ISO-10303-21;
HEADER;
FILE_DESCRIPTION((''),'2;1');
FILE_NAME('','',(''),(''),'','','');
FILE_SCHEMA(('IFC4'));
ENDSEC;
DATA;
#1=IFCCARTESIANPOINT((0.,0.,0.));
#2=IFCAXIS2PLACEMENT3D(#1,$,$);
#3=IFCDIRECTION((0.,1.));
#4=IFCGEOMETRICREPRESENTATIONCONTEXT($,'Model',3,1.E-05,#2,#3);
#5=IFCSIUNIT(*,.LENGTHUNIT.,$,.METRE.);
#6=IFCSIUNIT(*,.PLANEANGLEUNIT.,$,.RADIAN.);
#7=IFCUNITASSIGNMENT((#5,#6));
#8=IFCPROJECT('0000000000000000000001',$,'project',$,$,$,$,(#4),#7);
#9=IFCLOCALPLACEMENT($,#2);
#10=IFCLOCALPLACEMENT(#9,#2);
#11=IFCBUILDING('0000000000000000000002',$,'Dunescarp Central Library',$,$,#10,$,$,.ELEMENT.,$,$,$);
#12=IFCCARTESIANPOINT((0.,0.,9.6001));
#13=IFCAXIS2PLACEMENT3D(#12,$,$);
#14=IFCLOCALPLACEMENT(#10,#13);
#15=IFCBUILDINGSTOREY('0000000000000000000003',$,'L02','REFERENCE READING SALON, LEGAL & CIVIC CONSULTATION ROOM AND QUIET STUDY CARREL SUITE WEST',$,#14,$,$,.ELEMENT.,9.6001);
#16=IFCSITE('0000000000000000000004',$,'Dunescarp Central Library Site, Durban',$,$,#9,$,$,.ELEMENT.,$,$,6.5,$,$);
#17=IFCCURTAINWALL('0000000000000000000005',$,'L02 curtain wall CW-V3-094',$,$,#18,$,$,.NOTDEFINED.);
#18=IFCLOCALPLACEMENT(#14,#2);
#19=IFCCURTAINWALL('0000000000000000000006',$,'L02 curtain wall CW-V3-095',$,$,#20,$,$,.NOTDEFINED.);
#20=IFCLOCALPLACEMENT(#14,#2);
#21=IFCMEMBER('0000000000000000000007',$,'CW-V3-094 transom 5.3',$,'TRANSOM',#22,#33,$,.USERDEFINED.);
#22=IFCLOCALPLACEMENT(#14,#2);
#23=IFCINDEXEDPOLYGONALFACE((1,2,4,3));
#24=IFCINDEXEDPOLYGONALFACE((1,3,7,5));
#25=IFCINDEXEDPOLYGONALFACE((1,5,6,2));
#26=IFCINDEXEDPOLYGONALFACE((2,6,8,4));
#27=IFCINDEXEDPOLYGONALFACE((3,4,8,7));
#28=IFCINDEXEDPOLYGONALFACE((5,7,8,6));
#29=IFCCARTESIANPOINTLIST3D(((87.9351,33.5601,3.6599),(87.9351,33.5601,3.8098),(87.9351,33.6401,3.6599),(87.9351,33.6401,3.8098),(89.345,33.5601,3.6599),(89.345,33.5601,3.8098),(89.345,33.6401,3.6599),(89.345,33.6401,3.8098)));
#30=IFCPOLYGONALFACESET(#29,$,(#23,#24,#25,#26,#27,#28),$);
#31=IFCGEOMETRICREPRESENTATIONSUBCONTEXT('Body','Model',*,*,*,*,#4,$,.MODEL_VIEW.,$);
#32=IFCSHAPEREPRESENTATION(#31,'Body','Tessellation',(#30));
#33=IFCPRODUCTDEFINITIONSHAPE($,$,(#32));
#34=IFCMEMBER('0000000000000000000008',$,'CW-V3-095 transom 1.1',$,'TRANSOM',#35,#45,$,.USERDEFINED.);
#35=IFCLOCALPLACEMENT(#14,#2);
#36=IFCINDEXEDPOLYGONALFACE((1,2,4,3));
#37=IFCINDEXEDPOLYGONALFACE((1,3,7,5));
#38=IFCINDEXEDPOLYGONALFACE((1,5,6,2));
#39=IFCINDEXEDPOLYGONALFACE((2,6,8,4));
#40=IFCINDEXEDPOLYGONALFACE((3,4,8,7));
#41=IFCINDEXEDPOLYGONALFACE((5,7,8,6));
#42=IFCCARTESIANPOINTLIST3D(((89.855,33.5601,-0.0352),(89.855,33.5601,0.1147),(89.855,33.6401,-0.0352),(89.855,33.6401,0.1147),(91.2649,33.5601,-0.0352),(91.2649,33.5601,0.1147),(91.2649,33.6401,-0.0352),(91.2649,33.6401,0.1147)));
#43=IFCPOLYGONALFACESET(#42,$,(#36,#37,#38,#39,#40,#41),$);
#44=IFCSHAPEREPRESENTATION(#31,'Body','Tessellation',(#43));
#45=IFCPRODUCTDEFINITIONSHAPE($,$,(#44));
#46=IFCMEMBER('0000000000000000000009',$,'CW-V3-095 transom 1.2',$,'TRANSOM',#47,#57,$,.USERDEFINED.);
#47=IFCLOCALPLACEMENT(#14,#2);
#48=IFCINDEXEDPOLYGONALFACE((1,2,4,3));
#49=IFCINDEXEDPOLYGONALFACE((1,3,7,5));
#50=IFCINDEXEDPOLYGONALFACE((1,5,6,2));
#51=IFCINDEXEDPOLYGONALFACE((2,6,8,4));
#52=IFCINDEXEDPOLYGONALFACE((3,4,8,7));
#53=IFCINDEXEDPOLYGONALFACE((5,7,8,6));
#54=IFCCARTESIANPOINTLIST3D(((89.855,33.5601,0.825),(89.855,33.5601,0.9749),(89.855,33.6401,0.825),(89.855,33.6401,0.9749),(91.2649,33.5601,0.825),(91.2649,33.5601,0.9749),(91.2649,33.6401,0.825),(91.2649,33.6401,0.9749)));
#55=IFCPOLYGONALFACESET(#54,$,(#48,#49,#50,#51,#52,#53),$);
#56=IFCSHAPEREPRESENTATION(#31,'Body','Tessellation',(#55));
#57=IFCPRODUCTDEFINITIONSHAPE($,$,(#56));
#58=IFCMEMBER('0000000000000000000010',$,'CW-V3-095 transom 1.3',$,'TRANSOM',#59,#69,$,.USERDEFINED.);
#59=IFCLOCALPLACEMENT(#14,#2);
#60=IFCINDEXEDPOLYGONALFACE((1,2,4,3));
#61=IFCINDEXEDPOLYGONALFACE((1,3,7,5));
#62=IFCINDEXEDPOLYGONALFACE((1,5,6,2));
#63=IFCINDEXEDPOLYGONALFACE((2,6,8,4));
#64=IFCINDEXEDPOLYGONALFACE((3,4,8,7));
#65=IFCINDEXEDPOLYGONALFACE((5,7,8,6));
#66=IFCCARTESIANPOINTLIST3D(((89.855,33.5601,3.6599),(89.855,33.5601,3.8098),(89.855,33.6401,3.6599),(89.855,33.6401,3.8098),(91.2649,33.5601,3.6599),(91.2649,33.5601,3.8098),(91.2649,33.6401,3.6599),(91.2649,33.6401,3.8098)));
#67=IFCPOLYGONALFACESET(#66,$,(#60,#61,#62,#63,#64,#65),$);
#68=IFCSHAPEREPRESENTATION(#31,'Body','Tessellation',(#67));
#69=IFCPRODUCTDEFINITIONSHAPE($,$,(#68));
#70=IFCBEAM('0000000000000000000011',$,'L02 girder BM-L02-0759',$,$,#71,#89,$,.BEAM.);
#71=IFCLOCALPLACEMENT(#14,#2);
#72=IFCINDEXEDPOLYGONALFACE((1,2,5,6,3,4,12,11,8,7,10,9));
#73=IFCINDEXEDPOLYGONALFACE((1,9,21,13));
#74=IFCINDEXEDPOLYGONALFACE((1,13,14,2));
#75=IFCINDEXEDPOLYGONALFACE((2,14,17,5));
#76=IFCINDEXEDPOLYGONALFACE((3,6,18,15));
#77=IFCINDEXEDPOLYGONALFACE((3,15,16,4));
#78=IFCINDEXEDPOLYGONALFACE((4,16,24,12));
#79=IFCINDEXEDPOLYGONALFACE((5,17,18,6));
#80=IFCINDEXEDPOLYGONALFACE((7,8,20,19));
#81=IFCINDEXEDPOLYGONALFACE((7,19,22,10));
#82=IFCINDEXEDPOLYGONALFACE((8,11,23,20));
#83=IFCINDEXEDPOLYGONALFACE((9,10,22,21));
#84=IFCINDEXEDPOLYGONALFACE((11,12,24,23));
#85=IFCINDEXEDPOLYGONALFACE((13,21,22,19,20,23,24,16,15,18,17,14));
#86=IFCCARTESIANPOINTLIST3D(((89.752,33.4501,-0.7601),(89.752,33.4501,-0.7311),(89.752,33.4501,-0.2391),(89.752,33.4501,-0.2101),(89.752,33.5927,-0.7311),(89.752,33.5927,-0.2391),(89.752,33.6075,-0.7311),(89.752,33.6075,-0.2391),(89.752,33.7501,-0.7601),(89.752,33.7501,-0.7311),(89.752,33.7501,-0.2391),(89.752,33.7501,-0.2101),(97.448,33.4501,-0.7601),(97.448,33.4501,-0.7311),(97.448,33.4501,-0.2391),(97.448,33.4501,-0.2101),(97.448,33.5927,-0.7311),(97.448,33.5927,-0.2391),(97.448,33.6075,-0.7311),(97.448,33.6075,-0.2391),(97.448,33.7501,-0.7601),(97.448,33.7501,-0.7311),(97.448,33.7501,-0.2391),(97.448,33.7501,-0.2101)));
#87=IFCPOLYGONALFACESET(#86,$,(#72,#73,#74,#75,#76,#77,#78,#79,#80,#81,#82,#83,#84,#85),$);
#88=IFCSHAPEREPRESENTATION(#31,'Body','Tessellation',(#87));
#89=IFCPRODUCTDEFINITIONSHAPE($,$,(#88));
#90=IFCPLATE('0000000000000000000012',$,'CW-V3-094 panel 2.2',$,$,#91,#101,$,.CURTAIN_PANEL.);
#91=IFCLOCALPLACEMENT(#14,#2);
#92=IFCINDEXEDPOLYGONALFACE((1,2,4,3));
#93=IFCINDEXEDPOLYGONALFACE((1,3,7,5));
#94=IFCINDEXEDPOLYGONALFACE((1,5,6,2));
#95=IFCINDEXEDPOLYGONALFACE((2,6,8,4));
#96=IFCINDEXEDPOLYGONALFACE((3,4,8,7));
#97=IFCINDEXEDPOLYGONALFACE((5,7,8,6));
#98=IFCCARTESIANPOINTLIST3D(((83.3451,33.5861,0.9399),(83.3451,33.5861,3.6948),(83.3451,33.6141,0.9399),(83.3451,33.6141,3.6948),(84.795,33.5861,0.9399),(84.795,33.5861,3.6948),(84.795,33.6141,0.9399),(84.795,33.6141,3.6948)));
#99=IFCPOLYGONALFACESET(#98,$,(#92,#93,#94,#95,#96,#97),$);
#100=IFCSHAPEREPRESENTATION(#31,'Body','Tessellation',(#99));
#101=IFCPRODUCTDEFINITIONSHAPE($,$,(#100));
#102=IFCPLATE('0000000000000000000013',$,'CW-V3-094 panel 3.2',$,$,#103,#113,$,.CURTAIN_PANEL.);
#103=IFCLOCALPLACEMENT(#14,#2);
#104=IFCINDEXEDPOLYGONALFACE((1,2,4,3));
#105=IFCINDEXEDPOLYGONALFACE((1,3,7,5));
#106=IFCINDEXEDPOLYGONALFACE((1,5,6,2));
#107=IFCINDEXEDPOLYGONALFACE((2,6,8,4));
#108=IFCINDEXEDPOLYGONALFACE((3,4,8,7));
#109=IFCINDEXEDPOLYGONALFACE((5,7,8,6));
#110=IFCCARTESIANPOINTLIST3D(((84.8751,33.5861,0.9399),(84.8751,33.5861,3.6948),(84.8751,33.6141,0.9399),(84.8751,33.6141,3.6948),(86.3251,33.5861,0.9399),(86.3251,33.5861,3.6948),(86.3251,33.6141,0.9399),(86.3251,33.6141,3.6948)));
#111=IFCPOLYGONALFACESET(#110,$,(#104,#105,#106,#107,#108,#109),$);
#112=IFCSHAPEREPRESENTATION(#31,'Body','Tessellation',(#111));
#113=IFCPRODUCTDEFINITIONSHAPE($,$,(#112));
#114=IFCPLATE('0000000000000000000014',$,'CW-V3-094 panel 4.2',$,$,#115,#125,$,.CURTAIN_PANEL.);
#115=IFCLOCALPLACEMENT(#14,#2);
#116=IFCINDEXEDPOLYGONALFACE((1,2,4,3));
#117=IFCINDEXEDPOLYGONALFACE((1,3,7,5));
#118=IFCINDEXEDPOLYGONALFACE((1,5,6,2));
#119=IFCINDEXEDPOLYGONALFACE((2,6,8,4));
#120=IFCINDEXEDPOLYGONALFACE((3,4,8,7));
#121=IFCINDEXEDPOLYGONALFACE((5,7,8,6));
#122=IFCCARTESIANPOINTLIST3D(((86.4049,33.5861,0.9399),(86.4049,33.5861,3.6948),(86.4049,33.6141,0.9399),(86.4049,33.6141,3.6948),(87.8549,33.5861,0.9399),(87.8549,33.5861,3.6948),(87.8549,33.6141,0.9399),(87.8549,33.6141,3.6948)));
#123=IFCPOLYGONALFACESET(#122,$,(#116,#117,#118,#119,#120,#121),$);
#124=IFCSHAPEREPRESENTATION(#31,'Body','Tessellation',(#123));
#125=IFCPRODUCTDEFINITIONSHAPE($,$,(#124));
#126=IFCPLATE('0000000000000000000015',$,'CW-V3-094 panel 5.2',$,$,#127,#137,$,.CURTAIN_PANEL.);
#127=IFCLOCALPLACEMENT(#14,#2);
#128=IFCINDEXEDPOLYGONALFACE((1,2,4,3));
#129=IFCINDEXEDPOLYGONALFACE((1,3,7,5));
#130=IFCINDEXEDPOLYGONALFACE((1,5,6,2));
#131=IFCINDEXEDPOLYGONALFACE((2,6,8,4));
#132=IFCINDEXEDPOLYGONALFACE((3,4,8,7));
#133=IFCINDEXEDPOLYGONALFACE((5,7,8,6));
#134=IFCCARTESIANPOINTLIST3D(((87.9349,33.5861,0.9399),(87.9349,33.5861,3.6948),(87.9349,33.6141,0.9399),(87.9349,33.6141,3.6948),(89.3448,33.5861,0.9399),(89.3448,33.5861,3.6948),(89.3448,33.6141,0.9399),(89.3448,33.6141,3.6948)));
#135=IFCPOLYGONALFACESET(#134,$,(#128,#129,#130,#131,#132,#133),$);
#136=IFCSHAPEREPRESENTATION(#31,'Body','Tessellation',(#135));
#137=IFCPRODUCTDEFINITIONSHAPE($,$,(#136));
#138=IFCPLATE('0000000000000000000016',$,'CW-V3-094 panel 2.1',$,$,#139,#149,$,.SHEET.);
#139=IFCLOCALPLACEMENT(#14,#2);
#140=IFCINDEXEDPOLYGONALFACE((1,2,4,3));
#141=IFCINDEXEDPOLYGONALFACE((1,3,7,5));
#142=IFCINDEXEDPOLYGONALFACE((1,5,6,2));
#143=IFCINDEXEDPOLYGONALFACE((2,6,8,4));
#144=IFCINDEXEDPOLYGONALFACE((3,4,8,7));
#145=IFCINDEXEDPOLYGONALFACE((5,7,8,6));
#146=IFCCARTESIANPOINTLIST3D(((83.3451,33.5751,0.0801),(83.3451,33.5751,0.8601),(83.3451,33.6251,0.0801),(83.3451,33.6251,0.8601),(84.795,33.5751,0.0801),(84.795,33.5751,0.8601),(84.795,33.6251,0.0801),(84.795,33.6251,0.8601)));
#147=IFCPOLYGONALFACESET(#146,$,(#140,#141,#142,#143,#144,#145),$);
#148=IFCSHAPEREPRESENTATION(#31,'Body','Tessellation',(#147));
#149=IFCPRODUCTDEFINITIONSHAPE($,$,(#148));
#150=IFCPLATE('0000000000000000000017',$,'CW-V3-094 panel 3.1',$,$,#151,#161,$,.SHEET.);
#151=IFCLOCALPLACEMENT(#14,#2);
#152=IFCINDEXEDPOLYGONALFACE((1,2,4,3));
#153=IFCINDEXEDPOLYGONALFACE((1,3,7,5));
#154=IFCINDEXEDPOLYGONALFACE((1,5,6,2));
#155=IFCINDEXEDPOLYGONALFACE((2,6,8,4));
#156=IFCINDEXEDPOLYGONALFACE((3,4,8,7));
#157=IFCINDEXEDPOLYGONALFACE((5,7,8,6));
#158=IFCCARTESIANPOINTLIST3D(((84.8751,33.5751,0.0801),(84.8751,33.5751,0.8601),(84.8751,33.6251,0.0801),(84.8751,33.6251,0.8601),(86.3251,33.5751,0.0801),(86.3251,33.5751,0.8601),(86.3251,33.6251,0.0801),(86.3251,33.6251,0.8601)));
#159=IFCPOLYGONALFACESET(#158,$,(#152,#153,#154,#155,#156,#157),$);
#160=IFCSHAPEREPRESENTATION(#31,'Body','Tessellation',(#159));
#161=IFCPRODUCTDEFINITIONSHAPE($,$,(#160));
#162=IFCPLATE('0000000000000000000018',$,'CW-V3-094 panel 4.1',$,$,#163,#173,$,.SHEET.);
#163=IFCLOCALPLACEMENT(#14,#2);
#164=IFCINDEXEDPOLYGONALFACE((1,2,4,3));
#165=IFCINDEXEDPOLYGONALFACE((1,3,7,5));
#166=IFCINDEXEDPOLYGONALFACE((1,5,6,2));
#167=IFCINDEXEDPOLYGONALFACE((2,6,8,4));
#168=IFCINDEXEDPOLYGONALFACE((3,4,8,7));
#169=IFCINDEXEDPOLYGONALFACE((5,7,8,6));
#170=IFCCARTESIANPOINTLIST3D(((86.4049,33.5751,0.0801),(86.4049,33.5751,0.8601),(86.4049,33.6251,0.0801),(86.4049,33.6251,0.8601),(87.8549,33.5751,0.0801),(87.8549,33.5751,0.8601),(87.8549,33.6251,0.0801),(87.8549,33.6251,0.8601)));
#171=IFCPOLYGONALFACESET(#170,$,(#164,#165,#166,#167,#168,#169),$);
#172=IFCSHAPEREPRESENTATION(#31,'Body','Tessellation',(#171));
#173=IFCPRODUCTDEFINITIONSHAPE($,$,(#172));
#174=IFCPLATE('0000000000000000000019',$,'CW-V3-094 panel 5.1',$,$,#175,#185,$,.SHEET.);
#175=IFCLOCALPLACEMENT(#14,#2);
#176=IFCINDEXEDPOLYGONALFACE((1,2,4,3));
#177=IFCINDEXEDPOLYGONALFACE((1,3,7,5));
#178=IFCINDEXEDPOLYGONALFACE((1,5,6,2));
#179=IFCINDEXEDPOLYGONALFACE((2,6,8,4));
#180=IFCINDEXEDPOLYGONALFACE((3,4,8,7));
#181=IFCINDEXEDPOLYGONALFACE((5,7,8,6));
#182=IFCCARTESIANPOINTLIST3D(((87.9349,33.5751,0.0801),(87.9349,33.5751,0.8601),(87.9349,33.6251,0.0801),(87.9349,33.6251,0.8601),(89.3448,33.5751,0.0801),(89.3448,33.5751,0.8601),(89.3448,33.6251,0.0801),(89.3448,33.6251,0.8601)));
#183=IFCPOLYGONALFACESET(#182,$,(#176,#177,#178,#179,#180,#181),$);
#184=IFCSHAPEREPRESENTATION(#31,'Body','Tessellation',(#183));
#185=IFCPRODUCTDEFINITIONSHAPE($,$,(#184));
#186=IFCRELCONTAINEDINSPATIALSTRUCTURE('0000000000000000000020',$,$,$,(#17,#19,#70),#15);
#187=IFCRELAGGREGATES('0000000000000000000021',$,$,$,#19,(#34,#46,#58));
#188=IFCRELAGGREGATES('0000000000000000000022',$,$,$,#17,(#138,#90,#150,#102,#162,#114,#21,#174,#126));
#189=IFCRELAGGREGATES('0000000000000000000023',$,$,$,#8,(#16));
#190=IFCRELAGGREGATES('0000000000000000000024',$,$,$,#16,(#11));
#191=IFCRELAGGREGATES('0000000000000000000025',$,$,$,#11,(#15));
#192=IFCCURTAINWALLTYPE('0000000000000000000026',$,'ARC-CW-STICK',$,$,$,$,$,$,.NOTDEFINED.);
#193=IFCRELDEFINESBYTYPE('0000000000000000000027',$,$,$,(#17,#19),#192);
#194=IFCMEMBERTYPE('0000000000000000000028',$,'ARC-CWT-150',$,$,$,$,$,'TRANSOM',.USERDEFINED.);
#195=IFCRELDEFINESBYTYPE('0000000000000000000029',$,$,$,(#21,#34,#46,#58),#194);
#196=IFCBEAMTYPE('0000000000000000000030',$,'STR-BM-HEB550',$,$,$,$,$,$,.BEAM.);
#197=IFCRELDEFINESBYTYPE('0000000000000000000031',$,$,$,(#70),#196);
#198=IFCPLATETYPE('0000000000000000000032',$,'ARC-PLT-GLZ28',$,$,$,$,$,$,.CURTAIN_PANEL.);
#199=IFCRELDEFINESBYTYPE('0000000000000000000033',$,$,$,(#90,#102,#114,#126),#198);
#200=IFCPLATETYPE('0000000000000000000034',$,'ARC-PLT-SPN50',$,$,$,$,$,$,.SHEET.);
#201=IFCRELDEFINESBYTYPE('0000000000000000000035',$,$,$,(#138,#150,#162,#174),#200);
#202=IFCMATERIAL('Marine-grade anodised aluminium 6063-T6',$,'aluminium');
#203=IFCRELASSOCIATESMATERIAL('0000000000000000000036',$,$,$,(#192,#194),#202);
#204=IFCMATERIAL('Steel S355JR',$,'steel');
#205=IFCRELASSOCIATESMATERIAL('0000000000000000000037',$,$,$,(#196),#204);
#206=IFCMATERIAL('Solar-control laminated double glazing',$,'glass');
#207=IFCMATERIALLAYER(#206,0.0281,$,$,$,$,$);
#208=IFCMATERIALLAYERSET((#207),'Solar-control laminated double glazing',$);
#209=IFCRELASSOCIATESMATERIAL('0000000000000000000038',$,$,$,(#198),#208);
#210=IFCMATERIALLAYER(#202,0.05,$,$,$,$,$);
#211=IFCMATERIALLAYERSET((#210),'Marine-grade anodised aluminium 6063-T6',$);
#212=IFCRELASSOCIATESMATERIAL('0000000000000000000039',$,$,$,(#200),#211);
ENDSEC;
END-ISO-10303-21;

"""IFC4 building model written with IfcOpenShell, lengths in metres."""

from ifc_helpers import new_model, si_unit, direction, frame, origin, origin_2d, place, context, subcontext, project, spatial, rectangle, i_section, extrude, material, layer, layer_set, material_profile, profile_set, type_object, element, aggregate, save


model = new_model("IFC4")

# Units and contexts
model_context = context("Model", 3, precision=1e-05, world=origin(), true_north=direction((0.0, 1.0)))
body_context = subcontext(model_context, "Body", "Model", "MODEL_VIEW")
ifc_project = project(units=[si_unit("LENGTHUNIT", "METRE"), si_unit("PLANEANGLEUNIT", "RADIAN")], contexts=[model_context])

# Site, building, storey
site_placement = place(None, origin())
site = spatial("IfcSite", under=ifc_project, at=site_placement, Name="Dunescarp Central Library Site, Durban", CompositionType="ELEMENT", RefElevation=6.5)
building_placement = place(site_placement, origin())
building = spatial("IfcBuilding", under=site, at=building_placement, Name="Dunescarp Central Library", CompositionType="ELEMENT")
storey_placement = place(building_placement, frame((0.0, 0.0, 9.6001)))
storey = spatial("IfcBuildingStorey", under=building, at=storey_placement, Name="L02", Description="REFERENCE READING SALON, LEGAL & CIVIC CONSULTATION ROOM AND QUIET STUDY CARREL SUITE WEST", CompositionType="ELEMENT", Elevation=9.6001)

# Shared definitions
ifc_material_1 = material(Name="Steel S355JR", Category="steel")

# Curtain wall
ifc_material_2 = material(Name="Marine-grade anodised aluminium 6063-T6", Category="aluminium")
curtain_wall_type = type_object("IfcCurtainWallType", Name="ARC-CW-STICK", PredefinedType="NOTDEFINED", material=ifc_material_2)
curtain_wall_1_placement = place(storey_placement, origin())
curtain_wall_1 = element("IfcCurtainWall", 1, at=curtain_wall_1_placement, inside=storey, type_object=curtain_wall_type, Name="L02 curtain wall CW-V3-094", PredefinedType="NOTDEFINED")

# Curtain wall
curtain_wall_2_placement = place(storey_placement, origin())
curtain_wall_2 = element("IfcCurtainWall", 2, at=curtain_wall_2_placement, inside=storey, type_object=curtain_wall_type, Name="L02 curtain wall CW-V3-095", PredefinedType="NOTDEFINED")

# Members
ifc_material_profile_1 = material_profile(ifc_material_2, rectangle(XDim=0.0801, YDim=0.1499, at=origin_2d()), Name="AL 80x150")
ifc_profile_set_1 = profile_set([ifc_material_profile_1], Name="Marine-grade anodised aluminium 6063-T6")
member_type_1 = type_object("IfcMemberType", Name="ARC-CWT-150", ElementType="TRANSOM", PredefinedType="USERDEFINED", material=ifc_profile_set_1)
member_1_placement = place(storey_placement, frame((87.9351, 33.6001, 3.7349), z_axis=(1.0, 0.0, 0.0), x_axis=(0.0, 1.0, 0.0)))
member_1 = element("IfcMember", 3, at=member_1_placement, type_object=member_type_1, Name="CW-V3-094 transom 5.3", ObjectType="TRANSOM", PredefinedType="USERDEFINED", context=body_context, shape_type="SweptSolid", body=[
    extrude(rectangle(XDim=0.0801, YDim=0.1499, at=origin_2d()), origin(), (0.0, 0.0, 1.0), 1.4099),
])
member_2_placement = place(storey_placement, frame((89.855, 33.6001, 0.0398), z_axis=(1.0, 0.0, 0.0), x_axis=(0.0, 1.0, 0.0)))
member_2 = element("IfcMember", 4, at=member_2_placement, type_object=member_type_1, Name="CW-V3-095 transom 1.1", ObjectType="TRANSOM", PredefinedType="USERDEFINED", context=body_context, shape_type="SweptSolid", body=[
    extrude(rectangle(XDim=0.0801, YDim=0.1499, at=origin_2d()), origin(), (0.0, 0.0, 1.0), 1.4099),
])
member_3_placement = place(storey_placement, frame((89.855, 33.6001, 0.8999), z_axis=(1.0, 0.0, 0.0), x_axis=(0.0, 1.0, 0.0)))
member_3 = element("IfcMember", 5, at=member_3_placement, type_object=member_type_1, Name="CW-V3-095 transom 1.2", ObjectType="TRANSOM", PredefinedType="USERDEFINED", context=body_context, shape_type="SweptSolid", body=[
    extrude(rectangle(XDim=0.0801, YDim=0.1499, at=origin_2d()), origin(), (0.0, 0.0, 1.0), 1.4099),
])
member_4_placement = place(storey_placement, frame((89.855, 33.6001, 3.7349), z_axis=(1.0, 0.0, 0.0), x_axis=(0.0, 1.0, 0.0)))
member_4 = element("IfcMember", 6, at=member_4_placement, type_object=member_type_1, Name="CW-V3-095 transom 1.3", ObjectType="TRANSOM", PredefinedType="USERDEFINED", context=body_context, shape_type="SweptSolid", body=[
    extrude(rectangle(XDim=0.0801, YDim=0.1499, at=origin_2d()), origin(), (0.0, 0.0, 1.0), 1.4099),
])
aggregate(curtain_wall_2, [member_2, member_3, member_4])

# Beam
ifc_material_profile_2 = material_profile(ifc_material_1, i_section(OverallWidth=0.3, OverallDepth=0.55, WebThickness=0.0149, FlangeThickness=0.0291, at=origin_2d()), Name="HEB 550")
ifc_profile_set_2 = profile_set([ifc_material_profile_2], Name="Steel S355JR")
beam_type = type_object("IfcBeamType", Name="STR-BM-HEB550", PredefinedType="BEAM", material=ifc_profile_set_2)
beam_placement = place(storey_placement, frame((89.752, 33.6001, -0.4851), z_axis=(1.0, 0.0, 0.0), x_axis=(0.0, 1.0, 0.0)))
element("IfcBeam", 7, at=beam_placement, inside=storey, type_object=beam_type, Name="L02 girder BM-L02-0759", PredefinedType="BEAM", context=body_context, shape_type="SweptSolid", body=[
    extrude(i_section(OverallWidth=0.3, OverallDepth=0.55, WebThickness=0.0149, FlangeThickness=0.0291, at=origin_2d()), origin(), (0.0, 0.0, 1.0), 7.696),
])

# Plates
ifc_material_3 = material(Name="Solar-control laminated double glazing", Category="glass")
ifc_layer_1 = layer(ifc_material_3, 0.0281)
ifc_layer_set_1 = layer_set([ifc_layer_1], Name="Solar-control laminated double glazing")
plate_type_1 = type_object("IfcPlateType", Name="ARC-PLT-GLZ28", PredefinedType="CURTAIN_PANEL", material=ifc_layer_set_1)
plate_1_placement = place(storey_placement, frame((84.0701, 33.6001, 0.9399), z_axis=(0.0, 0.0, 1.0), x_axis=(1.0, 0.0, 0.0)))
plate_1 = element("IfcPlate", 8, at=plate_1_placement, type_object=plate_type_1, Name="CW-V3-094 panel 2.2", PredefinedType="CURTAIN_PANEL", context=body_context, shape_type="SweptSolid", body=[
    extrude(rectangle(XDim=1.45, YDim=0.0281, at=origin_2d()), origin(), (0.0, 0.0, 1.0), 2.7549),
])
plate_2_placement = place(storey_placement, frame((85.6001, 33.6001, 0.9399), z_axis=(0.0, 0.0, 1.0), x_axis=(1.0, 0.0, 0.0)))
plate_2 = element("IfcPlate", 9, at=plate_2_placement, type_object=plate_type_1, Name="CW-V3-094 panel 3.2", PredefinedType="CURTAIN_PANEL", context=body_context, shape_type="SweptSolid", body=[
    extrude(rectangle(XDim=1.45, YDim=0.0281, at=origin_2d()), origin(), (0.0, 0.0, 1.0), 2.7549),
])
plate_3_placement = place(storey_placement, frame((87.1299, 33.6001, 0.9399), z_axis=(0.0, 0.0, 1.0), x_axis=(1.0, 0.0, 0.0)))
plate_3 = element("IfcPlate", 10, at=plate_3_placement, type_object=plate_type_1, Name="CW-V3-094 panel 4.2", PredefinedType="CURTAIN_PANEL", context=body_context, shape_type="SweptSolid", body=[
    extrude(rectangle(XDim=1.45, YDim=0.0281, at=origin_2d()), origin(), (0.0, 0.0, 1.0), 2.7549),
])
plate_4_placement = place(storey_placement, frame((88.6399, 33.6001, 0.9399), z_axis=(0.0, 0.0, 1.0), x_axis=(1.0, 0.0, 0.0)))
plate_4 = element("IfcPlate", 11, at=plate_4_placement, type_object=plate_type_1, Name="CW-V3-094 panel 5.2", PredefinedType="CURTAIN_PANEL", context=body_context, shape_type="SweptSolid", body=[
    extrude(rectangle(XDim=1.4099, YDim=0.0281, at=origin_2d()), origin(), (0.0, 0.0, 1.0), 2.7549),
])
ifc_layer_2 = layer(ifc_material_2, 0.05)
ifc_layer_set_2 = layer_set([ifc_layer_2], Name="Marine-grade anodised aluminium 6063-T6")
plate_type_2 = type_object("IfcPlateType", Name="ARC-PLT-SPN50", PredefinedType="SHEET", material=ifc_layer_set_2)
plate_5_placement = place(storey_placement, frame((84.0701, 33.6001, 0.0801), z_axis=(0.0, 0.0, 1.0), x_axis=(1.0, 0.0, 0.0)))
plate_5 = element("IfcPlate", 12, at=plate_5_placement, type_object=plate_type_2, Name="CW-V3-094 panel 2.1", PredefinedType="SHEET", context=body_context, shape_type="SweptSolid", body=[
    extrude(rectangle(XDim=1.45, YDim=0.05, at=origin_2d()), origin(), (0.0, 0.0, 1.0), 0.78),
])
plate_6_placement = place(storey_placement, frame((85.6001, 33.6001, 0.0801), z_axis=(0.0, 0.0, 1.0), x_axis=(1.0, 0.0, 0.0)))
plate_6 = element("IfcPlate", 13, at=plate_6_placement, type_object=plate_type_2, Name="CW-V3-094 panel 3.1", PredefinedType="SHEET", context=body_context, shape_type="SweptSolid", body=[
    extrude(rectangle(XDim=1.45, YDim=0.05, at=origin_2d()), origin(), (0.0, 0.0, 1.0), 0.78),
])
plate_7_placement = place(storey_placement, frame((87.1299, 33.6001, 0.0801), z_axis=(0.0, 0.0, 1.0), x_axis=(1.0, 0.0, 0.0)))
plate_7 = element("IfcPlate", 14, at=plate_7_placement, type_object=plate_type_2, Name="CW-V3-094 panel 4.1", PredefinedType="SHEET", context=body_context, shape_type="SweptSolid", body=[
    extrude(rectangle(XDim=1.45, YDim=0.05, at=origin_2d()), origin(), (0.0, 0.0, 1.0), 0.78),
])
plate_8_placement = place(storey_placement, frame((88.6399, 33.6001, 0.0801), z_axis=(0.0, 0.0, 1.0), x_axis=(1.0, 0.0, 0.0)))
plate_8 = element("IfcPlate", 15, at=plate_8_placement, type_object=plate_type_2, Name="CW-V3-094 panel 5.1", PredefinedType="SHEET", context=body_context, shape_type="SweptSolid", body=[
    extrude(rectangle(XDim=1.4099, YDim=0.05, at=origin_2d()), origin(), (0.0, 0.0, 1.0), 0.78),
])
aggregate(curtain_wall_1, [plate_5, plate_1, plate_6, plate_2, plate_7, plate_3, member_1, plate_8, plate_4])

save(model, "model.ifc")
